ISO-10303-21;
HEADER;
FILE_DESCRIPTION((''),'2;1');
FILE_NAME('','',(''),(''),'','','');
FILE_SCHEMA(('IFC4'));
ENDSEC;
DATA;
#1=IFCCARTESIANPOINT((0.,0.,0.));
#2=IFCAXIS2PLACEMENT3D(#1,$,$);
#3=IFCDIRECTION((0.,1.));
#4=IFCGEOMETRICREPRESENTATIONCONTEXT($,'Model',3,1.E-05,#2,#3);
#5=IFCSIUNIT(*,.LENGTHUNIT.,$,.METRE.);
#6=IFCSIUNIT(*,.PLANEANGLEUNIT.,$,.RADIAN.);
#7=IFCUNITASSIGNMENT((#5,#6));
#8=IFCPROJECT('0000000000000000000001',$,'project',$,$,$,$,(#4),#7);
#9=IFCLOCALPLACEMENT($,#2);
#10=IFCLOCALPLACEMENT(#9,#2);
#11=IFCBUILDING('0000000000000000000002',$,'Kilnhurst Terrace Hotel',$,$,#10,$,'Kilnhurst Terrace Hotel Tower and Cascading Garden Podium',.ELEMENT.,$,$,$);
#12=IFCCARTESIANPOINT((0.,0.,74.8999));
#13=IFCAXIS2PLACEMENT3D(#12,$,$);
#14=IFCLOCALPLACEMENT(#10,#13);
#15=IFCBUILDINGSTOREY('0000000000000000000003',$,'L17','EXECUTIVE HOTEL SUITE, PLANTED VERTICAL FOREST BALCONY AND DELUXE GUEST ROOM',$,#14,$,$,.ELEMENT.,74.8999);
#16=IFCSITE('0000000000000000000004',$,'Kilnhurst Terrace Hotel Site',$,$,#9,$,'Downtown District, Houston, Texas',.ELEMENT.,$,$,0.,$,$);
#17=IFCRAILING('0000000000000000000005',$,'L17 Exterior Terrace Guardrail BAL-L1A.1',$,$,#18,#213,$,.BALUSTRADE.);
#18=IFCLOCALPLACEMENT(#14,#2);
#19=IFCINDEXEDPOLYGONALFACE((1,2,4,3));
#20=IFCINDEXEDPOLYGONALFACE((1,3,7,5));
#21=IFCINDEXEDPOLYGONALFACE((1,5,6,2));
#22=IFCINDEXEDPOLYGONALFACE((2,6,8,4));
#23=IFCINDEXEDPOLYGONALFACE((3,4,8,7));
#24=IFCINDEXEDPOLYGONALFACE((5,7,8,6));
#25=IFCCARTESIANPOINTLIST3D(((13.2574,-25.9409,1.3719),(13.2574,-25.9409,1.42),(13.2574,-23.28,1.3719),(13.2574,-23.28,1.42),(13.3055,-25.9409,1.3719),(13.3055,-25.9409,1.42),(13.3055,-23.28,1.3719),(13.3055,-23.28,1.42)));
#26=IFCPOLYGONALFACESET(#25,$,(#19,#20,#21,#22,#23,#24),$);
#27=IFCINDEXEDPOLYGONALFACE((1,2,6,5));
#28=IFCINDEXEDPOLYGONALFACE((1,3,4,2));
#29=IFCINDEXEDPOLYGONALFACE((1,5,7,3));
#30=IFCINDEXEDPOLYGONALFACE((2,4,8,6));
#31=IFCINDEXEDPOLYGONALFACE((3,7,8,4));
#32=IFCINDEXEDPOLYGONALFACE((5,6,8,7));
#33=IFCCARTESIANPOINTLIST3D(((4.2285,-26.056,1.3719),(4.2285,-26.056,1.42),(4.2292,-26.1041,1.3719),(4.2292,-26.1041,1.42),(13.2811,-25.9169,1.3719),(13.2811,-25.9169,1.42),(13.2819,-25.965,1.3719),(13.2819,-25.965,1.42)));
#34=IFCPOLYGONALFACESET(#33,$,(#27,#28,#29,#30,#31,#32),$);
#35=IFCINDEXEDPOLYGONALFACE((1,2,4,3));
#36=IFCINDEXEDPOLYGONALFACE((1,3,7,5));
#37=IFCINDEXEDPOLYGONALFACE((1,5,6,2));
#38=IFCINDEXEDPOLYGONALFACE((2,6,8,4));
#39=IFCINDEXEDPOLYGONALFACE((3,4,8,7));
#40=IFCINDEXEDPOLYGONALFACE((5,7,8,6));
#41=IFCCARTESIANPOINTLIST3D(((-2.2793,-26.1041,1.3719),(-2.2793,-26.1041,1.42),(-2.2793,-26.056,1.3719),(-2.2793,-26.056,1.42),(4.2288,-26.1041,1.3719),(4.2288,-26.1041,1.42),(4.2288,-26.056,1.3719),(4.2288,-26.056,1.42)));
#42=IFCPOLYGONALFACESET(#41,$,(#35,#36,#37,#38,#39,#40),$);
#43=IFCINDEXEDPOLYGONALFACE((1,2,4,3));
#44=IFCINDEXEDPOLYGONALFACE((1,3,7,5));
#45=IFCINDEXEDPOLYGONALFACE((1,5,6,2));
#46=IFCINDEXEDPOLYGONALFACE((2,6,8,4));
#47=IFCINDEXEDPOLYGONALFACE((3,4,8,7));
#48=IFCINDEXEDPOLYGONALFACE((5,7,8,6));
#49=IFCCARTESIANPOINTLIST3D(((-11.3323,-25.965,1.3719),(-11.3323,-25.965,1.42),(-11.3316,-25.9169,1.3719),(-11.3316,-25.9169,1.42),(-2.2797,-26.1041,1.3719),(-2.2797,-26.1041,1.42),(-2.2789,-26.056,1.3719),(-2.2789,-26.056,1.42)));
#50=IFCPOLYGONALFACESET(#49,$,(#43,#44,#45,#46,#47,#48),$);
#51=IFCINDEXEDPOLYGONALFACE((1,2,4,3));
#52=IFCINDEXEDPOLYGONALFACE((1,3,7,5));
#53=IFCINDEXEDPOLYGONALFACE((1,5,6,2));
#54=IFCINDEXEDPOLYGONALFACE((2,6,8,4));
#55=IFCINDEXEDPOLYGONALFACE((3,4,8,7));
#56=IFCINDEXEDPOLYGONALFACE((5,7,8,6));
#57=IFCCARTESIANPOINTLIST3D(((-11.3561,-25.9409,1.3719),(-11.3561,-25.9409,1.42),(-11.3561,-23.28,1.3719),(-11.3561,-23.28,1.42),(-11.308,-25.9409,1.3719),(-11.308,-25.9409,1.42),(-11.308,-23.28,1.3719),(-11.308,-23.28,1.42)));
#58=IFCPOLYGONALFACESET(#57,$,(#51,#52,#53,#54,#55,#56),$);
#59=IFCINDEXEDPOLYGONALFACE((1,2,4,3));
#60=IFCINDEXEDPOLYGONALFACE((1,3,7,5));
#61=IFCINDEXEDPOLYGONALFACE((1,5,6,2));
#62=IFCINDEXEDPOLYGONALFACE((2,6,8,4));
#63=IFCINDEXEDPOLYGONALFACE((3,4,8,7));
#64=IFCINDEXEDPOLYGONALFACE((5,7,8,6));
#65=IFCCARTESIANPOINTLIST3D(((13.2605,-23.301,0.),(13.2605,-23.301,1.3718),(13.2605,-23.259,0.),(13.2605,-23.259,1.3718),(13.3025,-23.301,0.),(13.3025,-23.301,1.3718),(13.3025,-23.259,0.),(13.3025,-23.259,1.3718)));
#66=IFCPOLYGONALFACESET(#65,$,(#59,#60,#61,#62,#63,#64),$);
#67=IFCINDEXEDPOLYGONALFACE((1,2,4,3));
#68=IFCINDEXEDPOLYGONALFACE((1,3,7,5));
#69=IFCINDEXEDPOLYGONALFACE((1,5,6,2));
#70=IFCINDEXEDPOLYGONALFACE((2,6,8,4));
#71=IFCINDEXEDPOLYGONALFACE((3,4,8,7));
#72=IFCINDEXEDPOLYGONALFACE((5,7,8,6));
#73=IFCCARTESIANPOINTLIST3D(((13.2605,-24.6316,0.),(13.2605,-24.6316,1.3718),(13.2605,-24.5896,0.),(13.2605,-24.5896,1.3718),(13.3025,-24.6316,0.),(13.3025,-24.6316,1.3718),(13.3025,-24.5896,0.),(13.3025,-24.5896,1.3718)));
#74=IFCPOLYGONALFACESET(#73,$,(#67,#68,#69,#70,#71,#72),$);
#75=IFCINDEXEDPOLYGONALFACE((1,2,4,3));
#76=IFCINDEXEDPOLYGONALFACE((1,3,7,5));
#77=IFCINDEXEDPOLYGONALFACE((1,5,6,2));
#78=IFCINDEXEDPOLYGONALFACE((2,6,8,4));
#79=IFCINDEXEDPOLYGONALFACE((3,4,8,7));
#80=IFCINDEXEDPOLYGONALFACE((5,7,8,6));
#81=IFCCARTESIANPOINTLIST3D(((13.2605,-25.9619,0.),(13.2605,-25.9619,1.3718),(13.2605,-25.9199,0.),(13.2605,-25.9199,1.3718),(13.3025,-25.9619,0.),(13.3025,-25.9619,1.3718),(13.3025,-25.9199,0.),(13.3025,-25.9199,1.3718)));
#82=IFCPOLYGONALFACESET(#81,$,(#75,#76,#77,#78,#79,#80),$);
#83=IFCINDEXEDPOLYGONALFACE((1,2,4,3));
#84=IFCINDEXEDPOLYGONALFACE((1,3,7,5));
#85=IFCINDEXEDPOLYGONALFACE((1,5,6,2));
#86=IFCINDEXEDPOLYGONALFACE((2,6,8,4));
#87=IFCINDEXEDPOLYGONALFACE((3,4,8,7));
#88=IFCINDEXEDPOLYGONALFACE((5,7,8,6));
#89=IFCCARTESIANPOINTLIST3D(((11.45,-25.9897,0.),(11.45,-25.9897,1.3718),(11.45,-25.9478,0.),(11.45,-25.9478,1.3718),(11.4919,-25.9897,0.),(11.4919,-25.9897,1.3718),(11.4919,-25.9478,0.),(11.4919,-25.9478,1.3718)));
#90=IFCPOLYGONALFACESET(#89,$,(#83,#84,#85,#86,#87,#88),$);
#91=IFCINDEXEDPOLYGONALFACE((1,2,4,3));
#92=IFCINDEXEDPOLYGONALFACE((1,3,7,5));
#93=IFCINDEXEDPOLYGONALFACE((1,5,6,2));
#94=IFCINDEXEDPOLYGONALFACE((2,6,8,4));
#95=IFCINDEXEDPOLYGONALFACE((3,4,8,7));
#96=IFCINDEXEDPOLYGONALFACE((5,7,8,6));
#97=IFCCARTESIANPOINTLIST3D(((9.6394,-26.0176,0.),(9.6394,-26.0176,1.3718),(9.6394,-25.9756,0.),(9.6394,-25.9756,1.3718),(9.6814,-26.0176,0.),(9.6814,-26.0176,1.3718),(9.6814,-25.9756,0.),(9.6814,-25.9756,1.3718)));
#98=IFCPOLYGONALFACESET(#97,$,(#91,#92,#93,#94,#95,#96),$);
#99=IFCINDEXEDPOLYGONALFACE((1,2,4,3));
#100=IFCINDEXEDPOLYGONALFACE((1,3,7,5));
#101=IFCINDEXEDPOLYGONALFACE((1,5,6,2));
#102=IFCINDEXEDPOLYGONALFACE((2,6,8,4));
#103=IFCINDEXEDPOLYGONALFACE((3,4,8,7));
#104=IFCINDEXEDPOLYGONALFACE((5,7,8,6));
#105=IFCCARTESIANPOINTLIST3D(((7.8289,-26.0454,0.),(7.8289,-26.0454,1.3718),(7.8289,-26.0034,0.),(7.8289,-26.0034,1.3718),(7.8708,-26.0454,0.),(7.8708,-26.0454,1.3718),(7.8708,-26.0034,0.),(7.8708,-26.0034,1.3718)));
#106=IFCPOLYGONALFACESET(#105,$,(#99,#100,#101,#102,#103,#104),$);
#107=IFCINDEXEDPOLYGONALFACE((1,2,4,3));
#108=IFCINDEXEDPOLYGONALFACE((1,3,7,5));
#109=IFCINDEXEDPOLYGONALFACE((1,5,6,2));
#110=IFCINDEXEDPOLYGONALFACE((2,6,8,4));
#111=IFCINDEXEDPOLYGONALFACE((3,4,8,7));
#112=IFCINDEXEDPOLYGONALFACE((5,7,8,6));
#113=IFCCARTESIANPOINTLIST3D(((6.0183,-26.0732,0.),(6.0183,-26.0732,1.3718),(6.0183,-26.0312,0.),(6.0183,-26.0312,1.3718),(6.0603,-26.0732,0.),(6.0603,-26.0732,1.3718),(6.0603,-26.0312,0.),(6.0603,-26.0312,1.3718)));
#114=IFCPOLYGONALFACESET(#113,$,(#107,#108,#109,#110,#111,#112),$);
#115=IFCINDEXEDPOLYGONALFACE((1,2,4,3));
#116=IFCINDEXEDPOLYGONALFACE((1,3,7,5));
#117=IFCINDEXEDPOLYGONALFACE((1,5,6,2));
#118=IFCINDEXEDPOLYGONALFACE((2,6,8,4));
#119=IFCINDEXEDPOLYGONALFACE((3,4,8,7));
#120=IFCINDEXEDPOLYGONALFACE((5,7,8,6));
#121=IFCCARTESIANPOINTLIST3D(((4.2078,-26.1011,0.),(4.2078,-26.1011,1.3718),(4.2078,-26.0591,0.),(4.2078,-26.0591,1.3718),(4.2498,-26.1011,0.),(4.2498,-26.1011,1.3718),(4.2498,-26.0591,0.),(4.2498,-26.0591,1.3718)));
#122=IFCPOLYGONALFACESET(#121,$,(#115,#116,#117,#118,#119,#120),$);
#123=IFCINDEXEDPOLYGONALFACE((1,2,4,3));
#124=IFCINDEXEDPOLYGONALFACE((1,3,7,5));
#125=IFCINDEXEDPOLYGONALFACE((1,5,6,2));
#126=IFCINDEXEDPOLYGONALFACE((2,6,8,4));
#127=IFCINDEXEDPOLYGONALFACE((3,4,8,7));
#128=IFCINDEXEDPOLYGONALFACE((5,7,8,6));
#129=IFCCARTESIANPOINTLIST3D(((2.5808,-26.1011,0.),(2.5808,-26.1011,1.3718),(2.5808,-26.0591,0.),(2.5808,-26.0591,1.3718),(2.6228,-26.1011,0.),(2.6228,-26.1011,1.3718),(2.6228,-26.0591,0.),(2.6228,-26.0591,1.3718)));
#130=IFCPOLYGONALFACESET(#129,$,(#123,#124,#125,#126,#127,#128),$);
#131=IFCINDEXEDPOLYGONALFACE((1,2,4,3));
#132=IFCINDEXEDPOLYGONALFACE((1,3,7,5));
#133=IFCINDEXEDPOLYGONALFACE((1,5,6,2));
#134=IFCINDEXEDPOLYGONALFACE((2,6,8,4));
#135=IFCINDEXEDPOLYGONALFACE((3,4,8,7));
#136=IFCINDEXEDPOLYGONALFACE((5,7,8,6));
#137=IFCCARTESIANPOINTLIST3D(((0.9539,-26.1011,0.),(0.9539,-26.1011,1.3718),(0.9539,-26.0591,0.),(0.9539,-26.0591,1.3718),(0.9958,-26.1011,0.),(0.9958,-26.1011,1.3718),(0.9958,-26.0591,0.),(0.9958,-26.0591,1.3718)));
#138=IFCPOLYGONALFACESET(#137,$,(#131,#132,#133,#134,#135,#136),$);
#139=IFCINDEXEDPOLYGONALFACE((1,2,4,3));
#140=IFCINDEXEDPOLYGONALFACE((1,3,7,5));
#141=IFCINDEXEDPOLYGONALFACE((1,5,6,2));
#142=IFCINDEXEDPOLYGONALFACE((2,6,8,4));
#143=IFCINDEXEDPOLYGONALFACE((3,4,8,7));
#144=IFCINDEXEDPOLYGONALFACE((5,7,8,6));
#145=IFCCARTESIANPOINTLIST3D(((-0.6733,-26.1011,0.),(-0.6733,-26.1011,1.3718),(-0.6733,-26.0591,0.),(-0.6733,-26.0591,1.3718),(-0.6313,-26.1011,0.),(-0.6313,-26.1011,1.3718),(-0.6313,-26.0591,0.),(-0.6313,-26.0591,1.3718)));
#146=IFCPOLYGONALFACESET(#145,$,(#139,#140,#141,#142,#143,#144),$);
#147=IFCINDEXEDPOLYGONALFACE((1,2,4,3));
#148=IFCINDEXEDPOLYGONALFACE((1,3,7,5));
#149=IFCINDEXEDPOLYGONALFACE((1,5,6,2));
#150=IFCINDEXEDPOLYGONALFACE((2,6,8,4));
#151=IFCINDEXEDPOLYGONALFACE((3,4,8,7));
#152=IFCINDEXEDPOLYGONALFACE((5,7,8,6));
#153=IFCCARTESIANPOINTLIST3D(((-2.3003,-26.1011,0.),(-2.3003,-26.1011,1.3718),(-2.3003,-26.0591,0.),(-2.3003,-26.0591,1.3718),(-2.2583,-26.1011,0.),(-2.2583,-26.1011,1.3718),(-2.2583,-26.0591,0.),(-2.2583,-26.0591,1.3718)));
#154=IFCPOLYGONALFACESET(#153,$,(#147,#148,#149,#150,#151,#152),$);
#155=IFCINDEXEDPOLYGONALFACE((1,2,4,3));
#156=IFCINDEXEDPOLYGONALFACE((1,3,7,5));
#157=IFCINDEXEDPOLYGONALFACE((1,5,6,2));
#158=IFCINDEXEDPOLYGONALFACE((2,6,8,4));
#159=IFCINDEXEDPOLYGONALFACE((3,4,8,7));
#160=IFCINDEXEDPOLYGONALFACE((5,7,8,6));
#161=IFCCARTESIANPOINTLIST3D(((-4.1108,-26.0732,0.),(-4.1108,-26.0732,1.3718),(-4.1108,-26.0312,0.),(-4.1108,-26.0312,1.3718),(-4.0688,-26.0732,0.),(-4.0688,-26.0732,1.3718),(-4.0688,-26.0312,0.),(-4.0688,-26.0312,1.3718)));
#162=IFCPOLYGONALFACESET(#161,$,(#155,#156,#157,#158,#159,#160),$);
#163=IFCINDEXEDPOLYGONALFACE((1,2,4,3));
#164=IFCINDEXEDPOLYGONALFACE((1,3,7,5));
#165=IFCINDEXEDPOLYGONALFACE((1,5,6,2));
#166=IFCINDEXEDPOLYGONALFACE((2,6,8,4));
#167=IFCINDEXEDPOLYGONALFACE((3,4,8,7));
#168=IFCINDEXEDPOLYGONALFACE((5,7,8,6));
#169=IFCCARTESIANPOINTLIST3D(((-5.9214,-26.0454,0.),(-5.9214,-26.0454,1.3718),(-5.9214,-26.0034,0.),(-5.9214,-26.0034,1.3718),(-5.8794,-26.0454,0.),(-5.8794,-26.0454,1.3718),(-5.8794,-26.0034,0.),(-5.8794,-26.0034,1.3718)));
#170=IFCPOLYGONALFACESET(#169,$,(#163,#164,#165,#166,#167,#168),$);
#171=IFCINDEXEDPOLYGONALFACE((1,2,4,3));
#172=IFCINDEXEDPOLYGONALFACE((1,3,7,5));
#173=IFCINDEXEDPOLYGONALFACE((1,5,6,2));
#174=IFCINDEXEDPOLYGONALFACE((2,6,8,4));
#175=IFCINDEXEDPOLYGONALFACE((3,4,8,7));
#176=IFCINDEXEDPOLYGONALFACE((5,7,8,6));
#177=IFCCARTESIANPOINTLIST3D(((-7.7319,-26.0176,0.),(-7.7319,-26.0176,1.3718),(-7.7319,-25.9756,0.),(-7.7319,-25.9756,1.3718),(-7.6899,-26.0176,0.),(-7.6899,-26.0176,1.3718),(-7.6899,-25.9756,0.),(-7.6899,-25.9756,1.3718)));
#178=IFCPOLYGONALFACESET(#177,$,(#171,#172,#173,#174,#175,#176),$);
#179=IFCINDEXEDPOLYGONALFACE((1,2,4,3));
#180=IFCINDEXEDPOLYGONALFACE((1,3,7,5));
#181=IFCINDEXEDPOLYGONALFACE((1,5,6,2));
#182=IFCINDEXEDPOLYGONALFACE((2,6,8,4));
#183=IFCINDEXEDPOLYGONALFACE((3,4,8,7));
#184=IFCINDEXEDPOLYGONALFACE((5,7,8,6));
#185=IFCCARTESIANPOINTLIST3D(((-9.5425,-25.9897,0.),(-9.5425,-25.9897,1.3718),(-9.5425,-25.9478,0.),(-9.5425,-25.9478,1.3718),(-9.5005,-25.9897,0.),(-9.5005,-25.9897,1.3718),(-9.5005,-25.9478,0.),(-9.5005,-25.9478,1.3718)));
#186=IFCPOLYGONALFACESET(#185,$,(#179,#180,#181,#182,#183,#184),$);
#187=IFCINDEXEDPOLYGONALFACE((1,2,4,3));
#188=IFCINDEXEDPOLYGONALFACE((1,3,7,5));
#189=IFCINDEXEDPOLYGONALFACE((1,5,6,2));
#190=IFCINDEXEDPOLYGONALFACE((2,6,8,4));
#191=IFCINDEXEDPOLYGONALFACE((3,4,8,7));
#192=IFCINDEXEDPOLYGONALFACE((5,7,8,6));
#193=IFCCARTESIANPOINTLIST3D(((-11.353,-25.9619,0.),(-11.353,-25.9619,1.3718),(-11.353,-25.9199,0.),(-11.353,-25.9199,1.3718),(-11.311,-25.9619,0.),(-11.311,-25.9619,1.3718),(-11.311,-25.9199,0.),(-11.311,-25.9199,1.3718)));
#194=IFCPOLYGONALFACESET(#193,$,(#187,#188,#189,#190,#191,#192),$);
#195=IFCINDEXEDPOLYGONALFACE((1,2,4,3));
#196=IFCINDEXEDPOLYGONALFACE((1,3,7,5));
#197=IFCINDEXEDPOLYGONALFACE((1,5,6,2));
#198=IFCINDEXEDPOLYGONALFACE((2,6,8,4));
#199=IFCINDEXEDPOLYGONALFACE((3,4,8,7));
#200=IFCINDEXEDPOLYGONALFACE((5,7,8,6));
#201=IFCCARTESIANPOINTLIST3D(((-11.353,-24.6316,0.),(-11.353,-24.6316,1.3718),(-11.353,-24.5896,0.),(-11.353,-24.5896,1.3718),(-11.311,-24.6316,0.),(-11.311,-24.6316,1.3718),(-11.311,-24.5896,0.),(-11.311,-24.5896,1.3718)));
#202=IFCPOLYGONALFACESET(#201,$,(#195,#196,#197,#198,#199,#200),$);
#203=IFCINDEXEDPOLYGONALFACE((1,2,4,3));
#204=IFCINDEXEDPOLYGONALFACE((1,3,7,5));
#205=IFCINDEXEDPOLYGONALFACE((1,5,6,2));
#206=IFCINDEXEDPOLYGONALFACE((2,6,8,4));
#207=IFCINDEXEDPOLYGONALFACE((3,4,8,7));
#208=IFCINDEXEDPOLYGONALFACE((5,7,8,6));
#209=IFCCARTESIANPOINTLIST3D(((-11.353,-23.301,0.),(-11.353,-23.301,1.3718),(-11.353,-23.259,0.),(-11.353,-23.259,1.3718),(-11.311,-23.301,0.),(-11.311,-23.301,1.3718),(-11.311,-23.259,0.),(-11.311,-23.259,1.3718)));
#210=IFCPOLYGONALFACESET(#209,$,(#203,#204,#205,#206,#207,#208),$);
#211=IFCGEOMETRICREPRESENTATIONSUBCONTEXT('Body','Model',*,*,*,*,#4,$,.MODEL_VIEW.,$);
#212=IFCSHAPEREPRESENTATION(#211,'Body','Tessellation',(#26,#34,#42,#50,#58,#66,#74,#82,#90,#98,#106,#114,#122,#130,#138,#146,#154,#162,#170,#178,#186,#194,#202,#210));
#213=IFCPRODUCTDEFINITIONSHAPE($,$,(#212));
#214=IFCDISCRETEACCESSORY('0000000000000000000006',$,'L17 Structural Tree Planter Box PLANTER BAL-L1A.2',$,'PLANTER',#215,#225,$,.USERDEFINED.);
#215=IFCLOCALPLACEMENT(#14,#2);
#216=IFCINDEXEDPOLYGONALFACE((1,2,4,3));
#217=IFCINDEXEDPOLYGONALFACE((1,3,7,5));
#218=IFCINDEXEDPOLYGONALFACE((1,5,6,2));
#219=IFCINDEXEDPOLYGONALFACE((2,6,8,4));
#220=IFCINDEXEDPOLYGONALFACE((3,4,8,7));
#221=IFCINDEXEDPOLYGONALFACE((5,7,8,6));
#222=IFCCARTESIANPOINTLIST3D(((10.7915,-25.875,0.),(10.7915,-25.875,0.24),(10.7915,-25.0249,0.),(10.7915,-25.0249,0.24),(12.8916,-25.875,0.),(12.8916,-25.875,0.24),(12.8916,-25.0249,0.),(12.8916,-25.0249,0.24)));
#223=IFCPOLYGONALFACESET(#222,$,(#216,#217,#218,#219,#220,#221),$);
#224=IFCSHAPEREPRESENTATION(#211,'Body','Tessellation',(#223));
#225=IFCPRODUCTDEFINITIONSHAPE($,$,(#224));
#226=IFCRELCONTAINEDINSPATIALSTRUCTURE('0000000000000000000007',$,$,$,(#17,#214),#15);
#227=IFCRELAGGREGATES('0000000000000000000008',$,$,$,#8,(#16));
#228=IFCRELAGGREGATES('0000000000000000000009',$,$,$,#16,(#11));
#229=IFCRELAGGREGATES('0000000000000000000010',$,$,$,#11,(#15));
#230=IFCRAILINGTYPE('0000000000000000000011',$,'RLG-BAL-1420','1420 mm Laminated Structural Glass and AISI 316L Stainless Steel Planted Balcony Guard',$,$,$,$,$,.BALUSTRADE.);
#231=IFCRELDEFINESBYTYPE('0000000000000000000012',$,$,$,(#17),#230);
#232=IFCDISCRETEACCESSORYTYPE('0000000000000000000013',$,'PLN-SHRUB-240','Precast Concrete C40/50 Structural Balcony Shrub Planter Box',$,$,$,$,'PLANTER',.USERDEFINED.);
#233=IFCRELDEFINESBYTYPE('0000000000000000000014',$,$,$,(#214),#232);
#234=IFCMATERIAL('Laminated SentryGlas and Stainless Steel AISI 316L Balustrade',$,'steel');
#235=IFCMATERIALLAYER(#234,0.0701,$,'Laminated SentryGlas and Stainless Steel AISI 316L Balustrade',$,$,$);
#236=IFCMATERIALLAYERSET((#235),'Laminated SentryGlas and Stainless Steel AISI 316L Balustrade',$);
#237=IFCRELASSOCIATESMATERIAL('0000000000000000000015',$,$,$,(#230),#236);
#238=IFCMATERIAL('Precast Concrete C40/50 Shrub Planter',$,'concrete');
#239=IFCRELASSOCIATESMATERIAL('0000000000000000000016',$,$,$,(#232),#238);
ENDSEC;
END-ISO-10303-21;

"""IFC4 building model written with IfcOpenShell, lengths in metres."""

from ifc_helpers import new_model, si_unit, direction, frame, origin, origin_2d, place, context, subcontext, project, spatial, rectangle, extrude, material, layer, layer_set, type_object, element, save


model = new_model("IFC4")

# Units and contexts
model_context = context("Model", 3, precision=1e-05, world=origin(), true_north=direction((0.0, 1.0)))
body_context = subcontext(model_context, "Body", "Model", "MODEL_VIEW")
ifc_project = project(units=[si_unit("LENGTHUNIT", "METRE"), si_unit("PLANEANGLEUNIT", "RADIAN")], contexts=[model_context])

# Site, building, storey
site_placement = place(None, origin())
site = spatial("IfcSite", under=ifc_project, at=site_placement, Name="Kilnhurst Terrace Hotel Site", LongName="Downtown District, Houston, Texas", CompositionType="ELEMENT", RefElevation=0.0)
building_placement = place(site_placement, origin())
building = spatial("IfcBuilding", under=site, at=building_placement, Name="Kilnhurst Terrace Hotel", LongName="Kilnhurst Terrace Hotel Tower and Cascading Garden Podium", CompositionType="ELEMENT")
storey_placement = place(building_placement, frame((0.0, 0.0, 74.8999)))
storey = spatial("IfcBuildingStorey", under=building, at=storey_placement, Name="L17", Description="EXECUTIVE HOTEL SUITE, PLANTED VERTICAL FOREST BALCONY AND DELUXE GUEST ROOM", CompositionType="ELEMENT", Elevation=74.8999)

# Railing
ifc_material_1 = material(Name="Laminated SentryGlas and Stainless Steel AISI 316L Balustrade", Category="steel")
ifc_layer_1 = layer(ifc_material_1, 0.0701, Name="Laminated SentryGlas and Stainless Steel AISI 316L Balustrade")
ifc_layer_set_1 = layer_set([ifc_layer_1], Name="Laminated SentryGlas and Stainless Steel AISI 316L Balustrade")
railing_type = type_object("IfcRailingType", Name="RLG-BAL-1420", Description="1420 mm Laminated Structural Glass and AISI 316L Stainless Steel Planted Balcony Guard", PredefinedType="BALUSTRADE", material=ifc_layer_set_1)
railing_placement = place(storey_placement, frame((13.2815, -23.28, 0.0)))
element("IfcRailing", 1, at=railing_placement, inside=storey, type_object=railing_type, Name="L17 Exterior Terrace Guardrail BAL-L1A.1", PredefinedType="BALUSTRADE", context=body_context, shape_type="SweptSolid", body=[
    extrude(rectangle(XDim=0.0481, YDim=0.0481, at=origin_2d()), frame((0.0, 0.0, 1.396), z_axis=(0.0, -1.0, 0.0), x_axis=(1.0, 0.0, 0.0)), (0.0, 0.0, 1.0), 2.6609),
    extrude(rectangle(XDim=0.0481, YDim=0.0481, at=origin_2d()), frame((0.0, -2.6609, 1.396), z_axis=(-0.999882, -0.01537, 0.0), x_axis=(0.01537, -0.999882, 0.0)), (0.0, 0.0, 1.0), 9.0537),
    extrude(rectangle(XDim=0.0481, YDim=0.0481, at=origin_2d()), frame((-9.0527, -2.8, 1.396), z_axis=(-1.0, 0.0, 0.0), x_axis=(0.0, -1.0, 0.0)), (0.0, 0.0, 1.0), 6.5081),
    extrude(rectangle(XDim=0.0481, YDim=0.0481, at=origin_2d()), frame((-15.5608, -2.8, 1.396), z_axis=(-0.999882, 0.01537, 0.0), x_axis=(-0.01537, -0.999882, 0.0)), (0.0, 0.0, 1.0), 9.0537),
    extrude(rectangle(XDim=0.0481, YDim=0.0481, at=origin_2d()), frame((-24.6135, -2.6609, 1.396), z_axis=(0.0, 1.0, 0.0), x_axis=(-1.0, 0.0, 0.0)), (0.0, 0.0, 1.0), 2.6609),
    extrude(rectangle(XDim=0.042, YDim=0.042, at=origin_2d()), origin(), (0.0, 0.0, 1.0), 1.3718),
    extrude(rectangle(XDim=0.042, YDim=0.042, at=origin_2d()), frame((0.0, -1.3306, 0.0)), (0.0, 0.0, 1.0), 1.3718),
    extrude(rectangle(XDim=0.042, YDim=0.042, at=origin_2d()), frame((0.0, -2.6609, 0.0)), (0.0, 0.0, 1.0), 1.3718),
    extrude(rectangle(XDim=0.042, YDim=0.042, at=origin_2d()), frame((-1.8105, -2.6887, 0.0)), (0.0, 0.0, 1.0), 1.3718),
    extrude(rectangle(XDim=0.042, YDim=0.042, at=origin_2d()), frame((-3.6211, -2.7166, 0.0)), (0.0, 0.0, 1.0), 1.3718),
    extrude(rectangle(XDim=0.042, YDim=0.042, at=origin_2d()), frame((-5.4316, -2.7444, 0.0)), (0.0, 0.0, 1.0), 1.3718),
    extrude(rectangle(XDim=0.042, YDim=0.042, at=origin_2d()), frame((-7.2422, -2.7722, 0.0)), (0.0, 0.0, 1.0), 1.3718),
    extrude(rectangle(XDim=0.042, YDim=0.042, at=origin_2d()), frame((-9.0527, -2.8, 0.0)), (0.0, 0.0, 1.0), 1.3718),
    extrude(rectangle(XDim=0.042, YDim=0.042, at=origin_2d()), frame((-10.6797, -2.8, 0.0)), (0.0, 0.0, 1.0), 1.3718),
    extrude(rectangle(XDim=0.042, YDim=0.042, at=origin_2d()), frame((-12.3066, -2.8, 0.0)), (0.0, 0.0, 1.0), 1.3718),
    extrude(rectangle(XDim=0.042, YDim=0.042, at=origin_2d()), frame((-13.9338, -2.8, 0.0)), (0.0, 0.0, 1.0), 1.3718),
    extrude(rectangle(XDim=0.042, YDim=0.042, at=origin_2d()), frame((-15.5608, -2.8, 0.0)), (0.0, 0.0, 1.0), 1.3718),
    extrude(rectangle(XDim=0.042, YDim=0.042, at=origin_2d()), frame((-17.3713, -2.7722, 0.0)), (0.0, 0.0, 1.0), 1.3718),
    extrude(rectangle(XDim=0.042, YDim=0.042, at=origin_2d()), frame((-19.1819, -2.7444, 0.0)), (0.0, 0.0, 1.0), 1.3718),
    extrude(rectangle(XDim=0.042, YDim=0.042, at=origin_2d()), frame((-20.9924, -2.7166, 0.0)), (0.0, 0.0, 1.0), 1.3718),
    extrude(rectangle(XDim=0.042, YDim=0.042, at=origin_2d()), frame((-22.803, -2.6887, 0.0)), (0.0, 0.0, 1.0), 1.3718),
    extrude(rectangle(XDim=0.042, YDim=0.042, at=origin_2d()), frame((-24.6135, -2.6609, 0.0)), (0.0, 0.0, 1.0), 1.3718),
    extrude(rectangle(XDim=0.042, YDim=0.042, at=origin_2d()), frame((-24.6135, -1.3306, 0.0)), (0.0, 0.0, 1.0), 1.3718),
    extrude(rectangle(XDim=0.042, YDim=0.042, at=origin_2d()), frame((-24.6135, 0.0, 0.0)), (0.0, 0.0, 1.0), 1.3718),
])

# Discrete accessory
ifc_material_2 = material(Name="Precast Concrete C40/50 Shrub Planter", Category="concrete")
discrete_accessory_type_1 = type_object("IfcDiscreteAccessoryType", Name="PLN-SHRUB-240", Description="Precast Concrete C40/50 Structural Balcony Shrub Planter Box", ElementType="PLANTER", PredefinedType="USERDEFINED", material=ifc_material_2)
discrete_accessory_1_placement = place(storey_placement, frame((11.8416, -25.45, 0.0), z_axis=(0.0, 0.0, 1.0), x_axis=(1.0, 0.0, 0.0)))
element("IfcDiscreteAccessory", 2, at=discrete_accessory_1_placement, inside=storey, type_object=discrete_accessory_type_1, Name="L17 Structural Tree Planter Box PLANTER BAL-L1A.2", ObjectType="PLANTER", PredefinedType="USERDEFINED", context=body_context, shape_type="SweptSolid", body=[
    extrude(rectangle(XDim=2.1001, YDim=0.8501, at=origin_2d()), origin(), (0.0, 0.0, 1.0), 0.24),
])

save(model, "model.ifc")
